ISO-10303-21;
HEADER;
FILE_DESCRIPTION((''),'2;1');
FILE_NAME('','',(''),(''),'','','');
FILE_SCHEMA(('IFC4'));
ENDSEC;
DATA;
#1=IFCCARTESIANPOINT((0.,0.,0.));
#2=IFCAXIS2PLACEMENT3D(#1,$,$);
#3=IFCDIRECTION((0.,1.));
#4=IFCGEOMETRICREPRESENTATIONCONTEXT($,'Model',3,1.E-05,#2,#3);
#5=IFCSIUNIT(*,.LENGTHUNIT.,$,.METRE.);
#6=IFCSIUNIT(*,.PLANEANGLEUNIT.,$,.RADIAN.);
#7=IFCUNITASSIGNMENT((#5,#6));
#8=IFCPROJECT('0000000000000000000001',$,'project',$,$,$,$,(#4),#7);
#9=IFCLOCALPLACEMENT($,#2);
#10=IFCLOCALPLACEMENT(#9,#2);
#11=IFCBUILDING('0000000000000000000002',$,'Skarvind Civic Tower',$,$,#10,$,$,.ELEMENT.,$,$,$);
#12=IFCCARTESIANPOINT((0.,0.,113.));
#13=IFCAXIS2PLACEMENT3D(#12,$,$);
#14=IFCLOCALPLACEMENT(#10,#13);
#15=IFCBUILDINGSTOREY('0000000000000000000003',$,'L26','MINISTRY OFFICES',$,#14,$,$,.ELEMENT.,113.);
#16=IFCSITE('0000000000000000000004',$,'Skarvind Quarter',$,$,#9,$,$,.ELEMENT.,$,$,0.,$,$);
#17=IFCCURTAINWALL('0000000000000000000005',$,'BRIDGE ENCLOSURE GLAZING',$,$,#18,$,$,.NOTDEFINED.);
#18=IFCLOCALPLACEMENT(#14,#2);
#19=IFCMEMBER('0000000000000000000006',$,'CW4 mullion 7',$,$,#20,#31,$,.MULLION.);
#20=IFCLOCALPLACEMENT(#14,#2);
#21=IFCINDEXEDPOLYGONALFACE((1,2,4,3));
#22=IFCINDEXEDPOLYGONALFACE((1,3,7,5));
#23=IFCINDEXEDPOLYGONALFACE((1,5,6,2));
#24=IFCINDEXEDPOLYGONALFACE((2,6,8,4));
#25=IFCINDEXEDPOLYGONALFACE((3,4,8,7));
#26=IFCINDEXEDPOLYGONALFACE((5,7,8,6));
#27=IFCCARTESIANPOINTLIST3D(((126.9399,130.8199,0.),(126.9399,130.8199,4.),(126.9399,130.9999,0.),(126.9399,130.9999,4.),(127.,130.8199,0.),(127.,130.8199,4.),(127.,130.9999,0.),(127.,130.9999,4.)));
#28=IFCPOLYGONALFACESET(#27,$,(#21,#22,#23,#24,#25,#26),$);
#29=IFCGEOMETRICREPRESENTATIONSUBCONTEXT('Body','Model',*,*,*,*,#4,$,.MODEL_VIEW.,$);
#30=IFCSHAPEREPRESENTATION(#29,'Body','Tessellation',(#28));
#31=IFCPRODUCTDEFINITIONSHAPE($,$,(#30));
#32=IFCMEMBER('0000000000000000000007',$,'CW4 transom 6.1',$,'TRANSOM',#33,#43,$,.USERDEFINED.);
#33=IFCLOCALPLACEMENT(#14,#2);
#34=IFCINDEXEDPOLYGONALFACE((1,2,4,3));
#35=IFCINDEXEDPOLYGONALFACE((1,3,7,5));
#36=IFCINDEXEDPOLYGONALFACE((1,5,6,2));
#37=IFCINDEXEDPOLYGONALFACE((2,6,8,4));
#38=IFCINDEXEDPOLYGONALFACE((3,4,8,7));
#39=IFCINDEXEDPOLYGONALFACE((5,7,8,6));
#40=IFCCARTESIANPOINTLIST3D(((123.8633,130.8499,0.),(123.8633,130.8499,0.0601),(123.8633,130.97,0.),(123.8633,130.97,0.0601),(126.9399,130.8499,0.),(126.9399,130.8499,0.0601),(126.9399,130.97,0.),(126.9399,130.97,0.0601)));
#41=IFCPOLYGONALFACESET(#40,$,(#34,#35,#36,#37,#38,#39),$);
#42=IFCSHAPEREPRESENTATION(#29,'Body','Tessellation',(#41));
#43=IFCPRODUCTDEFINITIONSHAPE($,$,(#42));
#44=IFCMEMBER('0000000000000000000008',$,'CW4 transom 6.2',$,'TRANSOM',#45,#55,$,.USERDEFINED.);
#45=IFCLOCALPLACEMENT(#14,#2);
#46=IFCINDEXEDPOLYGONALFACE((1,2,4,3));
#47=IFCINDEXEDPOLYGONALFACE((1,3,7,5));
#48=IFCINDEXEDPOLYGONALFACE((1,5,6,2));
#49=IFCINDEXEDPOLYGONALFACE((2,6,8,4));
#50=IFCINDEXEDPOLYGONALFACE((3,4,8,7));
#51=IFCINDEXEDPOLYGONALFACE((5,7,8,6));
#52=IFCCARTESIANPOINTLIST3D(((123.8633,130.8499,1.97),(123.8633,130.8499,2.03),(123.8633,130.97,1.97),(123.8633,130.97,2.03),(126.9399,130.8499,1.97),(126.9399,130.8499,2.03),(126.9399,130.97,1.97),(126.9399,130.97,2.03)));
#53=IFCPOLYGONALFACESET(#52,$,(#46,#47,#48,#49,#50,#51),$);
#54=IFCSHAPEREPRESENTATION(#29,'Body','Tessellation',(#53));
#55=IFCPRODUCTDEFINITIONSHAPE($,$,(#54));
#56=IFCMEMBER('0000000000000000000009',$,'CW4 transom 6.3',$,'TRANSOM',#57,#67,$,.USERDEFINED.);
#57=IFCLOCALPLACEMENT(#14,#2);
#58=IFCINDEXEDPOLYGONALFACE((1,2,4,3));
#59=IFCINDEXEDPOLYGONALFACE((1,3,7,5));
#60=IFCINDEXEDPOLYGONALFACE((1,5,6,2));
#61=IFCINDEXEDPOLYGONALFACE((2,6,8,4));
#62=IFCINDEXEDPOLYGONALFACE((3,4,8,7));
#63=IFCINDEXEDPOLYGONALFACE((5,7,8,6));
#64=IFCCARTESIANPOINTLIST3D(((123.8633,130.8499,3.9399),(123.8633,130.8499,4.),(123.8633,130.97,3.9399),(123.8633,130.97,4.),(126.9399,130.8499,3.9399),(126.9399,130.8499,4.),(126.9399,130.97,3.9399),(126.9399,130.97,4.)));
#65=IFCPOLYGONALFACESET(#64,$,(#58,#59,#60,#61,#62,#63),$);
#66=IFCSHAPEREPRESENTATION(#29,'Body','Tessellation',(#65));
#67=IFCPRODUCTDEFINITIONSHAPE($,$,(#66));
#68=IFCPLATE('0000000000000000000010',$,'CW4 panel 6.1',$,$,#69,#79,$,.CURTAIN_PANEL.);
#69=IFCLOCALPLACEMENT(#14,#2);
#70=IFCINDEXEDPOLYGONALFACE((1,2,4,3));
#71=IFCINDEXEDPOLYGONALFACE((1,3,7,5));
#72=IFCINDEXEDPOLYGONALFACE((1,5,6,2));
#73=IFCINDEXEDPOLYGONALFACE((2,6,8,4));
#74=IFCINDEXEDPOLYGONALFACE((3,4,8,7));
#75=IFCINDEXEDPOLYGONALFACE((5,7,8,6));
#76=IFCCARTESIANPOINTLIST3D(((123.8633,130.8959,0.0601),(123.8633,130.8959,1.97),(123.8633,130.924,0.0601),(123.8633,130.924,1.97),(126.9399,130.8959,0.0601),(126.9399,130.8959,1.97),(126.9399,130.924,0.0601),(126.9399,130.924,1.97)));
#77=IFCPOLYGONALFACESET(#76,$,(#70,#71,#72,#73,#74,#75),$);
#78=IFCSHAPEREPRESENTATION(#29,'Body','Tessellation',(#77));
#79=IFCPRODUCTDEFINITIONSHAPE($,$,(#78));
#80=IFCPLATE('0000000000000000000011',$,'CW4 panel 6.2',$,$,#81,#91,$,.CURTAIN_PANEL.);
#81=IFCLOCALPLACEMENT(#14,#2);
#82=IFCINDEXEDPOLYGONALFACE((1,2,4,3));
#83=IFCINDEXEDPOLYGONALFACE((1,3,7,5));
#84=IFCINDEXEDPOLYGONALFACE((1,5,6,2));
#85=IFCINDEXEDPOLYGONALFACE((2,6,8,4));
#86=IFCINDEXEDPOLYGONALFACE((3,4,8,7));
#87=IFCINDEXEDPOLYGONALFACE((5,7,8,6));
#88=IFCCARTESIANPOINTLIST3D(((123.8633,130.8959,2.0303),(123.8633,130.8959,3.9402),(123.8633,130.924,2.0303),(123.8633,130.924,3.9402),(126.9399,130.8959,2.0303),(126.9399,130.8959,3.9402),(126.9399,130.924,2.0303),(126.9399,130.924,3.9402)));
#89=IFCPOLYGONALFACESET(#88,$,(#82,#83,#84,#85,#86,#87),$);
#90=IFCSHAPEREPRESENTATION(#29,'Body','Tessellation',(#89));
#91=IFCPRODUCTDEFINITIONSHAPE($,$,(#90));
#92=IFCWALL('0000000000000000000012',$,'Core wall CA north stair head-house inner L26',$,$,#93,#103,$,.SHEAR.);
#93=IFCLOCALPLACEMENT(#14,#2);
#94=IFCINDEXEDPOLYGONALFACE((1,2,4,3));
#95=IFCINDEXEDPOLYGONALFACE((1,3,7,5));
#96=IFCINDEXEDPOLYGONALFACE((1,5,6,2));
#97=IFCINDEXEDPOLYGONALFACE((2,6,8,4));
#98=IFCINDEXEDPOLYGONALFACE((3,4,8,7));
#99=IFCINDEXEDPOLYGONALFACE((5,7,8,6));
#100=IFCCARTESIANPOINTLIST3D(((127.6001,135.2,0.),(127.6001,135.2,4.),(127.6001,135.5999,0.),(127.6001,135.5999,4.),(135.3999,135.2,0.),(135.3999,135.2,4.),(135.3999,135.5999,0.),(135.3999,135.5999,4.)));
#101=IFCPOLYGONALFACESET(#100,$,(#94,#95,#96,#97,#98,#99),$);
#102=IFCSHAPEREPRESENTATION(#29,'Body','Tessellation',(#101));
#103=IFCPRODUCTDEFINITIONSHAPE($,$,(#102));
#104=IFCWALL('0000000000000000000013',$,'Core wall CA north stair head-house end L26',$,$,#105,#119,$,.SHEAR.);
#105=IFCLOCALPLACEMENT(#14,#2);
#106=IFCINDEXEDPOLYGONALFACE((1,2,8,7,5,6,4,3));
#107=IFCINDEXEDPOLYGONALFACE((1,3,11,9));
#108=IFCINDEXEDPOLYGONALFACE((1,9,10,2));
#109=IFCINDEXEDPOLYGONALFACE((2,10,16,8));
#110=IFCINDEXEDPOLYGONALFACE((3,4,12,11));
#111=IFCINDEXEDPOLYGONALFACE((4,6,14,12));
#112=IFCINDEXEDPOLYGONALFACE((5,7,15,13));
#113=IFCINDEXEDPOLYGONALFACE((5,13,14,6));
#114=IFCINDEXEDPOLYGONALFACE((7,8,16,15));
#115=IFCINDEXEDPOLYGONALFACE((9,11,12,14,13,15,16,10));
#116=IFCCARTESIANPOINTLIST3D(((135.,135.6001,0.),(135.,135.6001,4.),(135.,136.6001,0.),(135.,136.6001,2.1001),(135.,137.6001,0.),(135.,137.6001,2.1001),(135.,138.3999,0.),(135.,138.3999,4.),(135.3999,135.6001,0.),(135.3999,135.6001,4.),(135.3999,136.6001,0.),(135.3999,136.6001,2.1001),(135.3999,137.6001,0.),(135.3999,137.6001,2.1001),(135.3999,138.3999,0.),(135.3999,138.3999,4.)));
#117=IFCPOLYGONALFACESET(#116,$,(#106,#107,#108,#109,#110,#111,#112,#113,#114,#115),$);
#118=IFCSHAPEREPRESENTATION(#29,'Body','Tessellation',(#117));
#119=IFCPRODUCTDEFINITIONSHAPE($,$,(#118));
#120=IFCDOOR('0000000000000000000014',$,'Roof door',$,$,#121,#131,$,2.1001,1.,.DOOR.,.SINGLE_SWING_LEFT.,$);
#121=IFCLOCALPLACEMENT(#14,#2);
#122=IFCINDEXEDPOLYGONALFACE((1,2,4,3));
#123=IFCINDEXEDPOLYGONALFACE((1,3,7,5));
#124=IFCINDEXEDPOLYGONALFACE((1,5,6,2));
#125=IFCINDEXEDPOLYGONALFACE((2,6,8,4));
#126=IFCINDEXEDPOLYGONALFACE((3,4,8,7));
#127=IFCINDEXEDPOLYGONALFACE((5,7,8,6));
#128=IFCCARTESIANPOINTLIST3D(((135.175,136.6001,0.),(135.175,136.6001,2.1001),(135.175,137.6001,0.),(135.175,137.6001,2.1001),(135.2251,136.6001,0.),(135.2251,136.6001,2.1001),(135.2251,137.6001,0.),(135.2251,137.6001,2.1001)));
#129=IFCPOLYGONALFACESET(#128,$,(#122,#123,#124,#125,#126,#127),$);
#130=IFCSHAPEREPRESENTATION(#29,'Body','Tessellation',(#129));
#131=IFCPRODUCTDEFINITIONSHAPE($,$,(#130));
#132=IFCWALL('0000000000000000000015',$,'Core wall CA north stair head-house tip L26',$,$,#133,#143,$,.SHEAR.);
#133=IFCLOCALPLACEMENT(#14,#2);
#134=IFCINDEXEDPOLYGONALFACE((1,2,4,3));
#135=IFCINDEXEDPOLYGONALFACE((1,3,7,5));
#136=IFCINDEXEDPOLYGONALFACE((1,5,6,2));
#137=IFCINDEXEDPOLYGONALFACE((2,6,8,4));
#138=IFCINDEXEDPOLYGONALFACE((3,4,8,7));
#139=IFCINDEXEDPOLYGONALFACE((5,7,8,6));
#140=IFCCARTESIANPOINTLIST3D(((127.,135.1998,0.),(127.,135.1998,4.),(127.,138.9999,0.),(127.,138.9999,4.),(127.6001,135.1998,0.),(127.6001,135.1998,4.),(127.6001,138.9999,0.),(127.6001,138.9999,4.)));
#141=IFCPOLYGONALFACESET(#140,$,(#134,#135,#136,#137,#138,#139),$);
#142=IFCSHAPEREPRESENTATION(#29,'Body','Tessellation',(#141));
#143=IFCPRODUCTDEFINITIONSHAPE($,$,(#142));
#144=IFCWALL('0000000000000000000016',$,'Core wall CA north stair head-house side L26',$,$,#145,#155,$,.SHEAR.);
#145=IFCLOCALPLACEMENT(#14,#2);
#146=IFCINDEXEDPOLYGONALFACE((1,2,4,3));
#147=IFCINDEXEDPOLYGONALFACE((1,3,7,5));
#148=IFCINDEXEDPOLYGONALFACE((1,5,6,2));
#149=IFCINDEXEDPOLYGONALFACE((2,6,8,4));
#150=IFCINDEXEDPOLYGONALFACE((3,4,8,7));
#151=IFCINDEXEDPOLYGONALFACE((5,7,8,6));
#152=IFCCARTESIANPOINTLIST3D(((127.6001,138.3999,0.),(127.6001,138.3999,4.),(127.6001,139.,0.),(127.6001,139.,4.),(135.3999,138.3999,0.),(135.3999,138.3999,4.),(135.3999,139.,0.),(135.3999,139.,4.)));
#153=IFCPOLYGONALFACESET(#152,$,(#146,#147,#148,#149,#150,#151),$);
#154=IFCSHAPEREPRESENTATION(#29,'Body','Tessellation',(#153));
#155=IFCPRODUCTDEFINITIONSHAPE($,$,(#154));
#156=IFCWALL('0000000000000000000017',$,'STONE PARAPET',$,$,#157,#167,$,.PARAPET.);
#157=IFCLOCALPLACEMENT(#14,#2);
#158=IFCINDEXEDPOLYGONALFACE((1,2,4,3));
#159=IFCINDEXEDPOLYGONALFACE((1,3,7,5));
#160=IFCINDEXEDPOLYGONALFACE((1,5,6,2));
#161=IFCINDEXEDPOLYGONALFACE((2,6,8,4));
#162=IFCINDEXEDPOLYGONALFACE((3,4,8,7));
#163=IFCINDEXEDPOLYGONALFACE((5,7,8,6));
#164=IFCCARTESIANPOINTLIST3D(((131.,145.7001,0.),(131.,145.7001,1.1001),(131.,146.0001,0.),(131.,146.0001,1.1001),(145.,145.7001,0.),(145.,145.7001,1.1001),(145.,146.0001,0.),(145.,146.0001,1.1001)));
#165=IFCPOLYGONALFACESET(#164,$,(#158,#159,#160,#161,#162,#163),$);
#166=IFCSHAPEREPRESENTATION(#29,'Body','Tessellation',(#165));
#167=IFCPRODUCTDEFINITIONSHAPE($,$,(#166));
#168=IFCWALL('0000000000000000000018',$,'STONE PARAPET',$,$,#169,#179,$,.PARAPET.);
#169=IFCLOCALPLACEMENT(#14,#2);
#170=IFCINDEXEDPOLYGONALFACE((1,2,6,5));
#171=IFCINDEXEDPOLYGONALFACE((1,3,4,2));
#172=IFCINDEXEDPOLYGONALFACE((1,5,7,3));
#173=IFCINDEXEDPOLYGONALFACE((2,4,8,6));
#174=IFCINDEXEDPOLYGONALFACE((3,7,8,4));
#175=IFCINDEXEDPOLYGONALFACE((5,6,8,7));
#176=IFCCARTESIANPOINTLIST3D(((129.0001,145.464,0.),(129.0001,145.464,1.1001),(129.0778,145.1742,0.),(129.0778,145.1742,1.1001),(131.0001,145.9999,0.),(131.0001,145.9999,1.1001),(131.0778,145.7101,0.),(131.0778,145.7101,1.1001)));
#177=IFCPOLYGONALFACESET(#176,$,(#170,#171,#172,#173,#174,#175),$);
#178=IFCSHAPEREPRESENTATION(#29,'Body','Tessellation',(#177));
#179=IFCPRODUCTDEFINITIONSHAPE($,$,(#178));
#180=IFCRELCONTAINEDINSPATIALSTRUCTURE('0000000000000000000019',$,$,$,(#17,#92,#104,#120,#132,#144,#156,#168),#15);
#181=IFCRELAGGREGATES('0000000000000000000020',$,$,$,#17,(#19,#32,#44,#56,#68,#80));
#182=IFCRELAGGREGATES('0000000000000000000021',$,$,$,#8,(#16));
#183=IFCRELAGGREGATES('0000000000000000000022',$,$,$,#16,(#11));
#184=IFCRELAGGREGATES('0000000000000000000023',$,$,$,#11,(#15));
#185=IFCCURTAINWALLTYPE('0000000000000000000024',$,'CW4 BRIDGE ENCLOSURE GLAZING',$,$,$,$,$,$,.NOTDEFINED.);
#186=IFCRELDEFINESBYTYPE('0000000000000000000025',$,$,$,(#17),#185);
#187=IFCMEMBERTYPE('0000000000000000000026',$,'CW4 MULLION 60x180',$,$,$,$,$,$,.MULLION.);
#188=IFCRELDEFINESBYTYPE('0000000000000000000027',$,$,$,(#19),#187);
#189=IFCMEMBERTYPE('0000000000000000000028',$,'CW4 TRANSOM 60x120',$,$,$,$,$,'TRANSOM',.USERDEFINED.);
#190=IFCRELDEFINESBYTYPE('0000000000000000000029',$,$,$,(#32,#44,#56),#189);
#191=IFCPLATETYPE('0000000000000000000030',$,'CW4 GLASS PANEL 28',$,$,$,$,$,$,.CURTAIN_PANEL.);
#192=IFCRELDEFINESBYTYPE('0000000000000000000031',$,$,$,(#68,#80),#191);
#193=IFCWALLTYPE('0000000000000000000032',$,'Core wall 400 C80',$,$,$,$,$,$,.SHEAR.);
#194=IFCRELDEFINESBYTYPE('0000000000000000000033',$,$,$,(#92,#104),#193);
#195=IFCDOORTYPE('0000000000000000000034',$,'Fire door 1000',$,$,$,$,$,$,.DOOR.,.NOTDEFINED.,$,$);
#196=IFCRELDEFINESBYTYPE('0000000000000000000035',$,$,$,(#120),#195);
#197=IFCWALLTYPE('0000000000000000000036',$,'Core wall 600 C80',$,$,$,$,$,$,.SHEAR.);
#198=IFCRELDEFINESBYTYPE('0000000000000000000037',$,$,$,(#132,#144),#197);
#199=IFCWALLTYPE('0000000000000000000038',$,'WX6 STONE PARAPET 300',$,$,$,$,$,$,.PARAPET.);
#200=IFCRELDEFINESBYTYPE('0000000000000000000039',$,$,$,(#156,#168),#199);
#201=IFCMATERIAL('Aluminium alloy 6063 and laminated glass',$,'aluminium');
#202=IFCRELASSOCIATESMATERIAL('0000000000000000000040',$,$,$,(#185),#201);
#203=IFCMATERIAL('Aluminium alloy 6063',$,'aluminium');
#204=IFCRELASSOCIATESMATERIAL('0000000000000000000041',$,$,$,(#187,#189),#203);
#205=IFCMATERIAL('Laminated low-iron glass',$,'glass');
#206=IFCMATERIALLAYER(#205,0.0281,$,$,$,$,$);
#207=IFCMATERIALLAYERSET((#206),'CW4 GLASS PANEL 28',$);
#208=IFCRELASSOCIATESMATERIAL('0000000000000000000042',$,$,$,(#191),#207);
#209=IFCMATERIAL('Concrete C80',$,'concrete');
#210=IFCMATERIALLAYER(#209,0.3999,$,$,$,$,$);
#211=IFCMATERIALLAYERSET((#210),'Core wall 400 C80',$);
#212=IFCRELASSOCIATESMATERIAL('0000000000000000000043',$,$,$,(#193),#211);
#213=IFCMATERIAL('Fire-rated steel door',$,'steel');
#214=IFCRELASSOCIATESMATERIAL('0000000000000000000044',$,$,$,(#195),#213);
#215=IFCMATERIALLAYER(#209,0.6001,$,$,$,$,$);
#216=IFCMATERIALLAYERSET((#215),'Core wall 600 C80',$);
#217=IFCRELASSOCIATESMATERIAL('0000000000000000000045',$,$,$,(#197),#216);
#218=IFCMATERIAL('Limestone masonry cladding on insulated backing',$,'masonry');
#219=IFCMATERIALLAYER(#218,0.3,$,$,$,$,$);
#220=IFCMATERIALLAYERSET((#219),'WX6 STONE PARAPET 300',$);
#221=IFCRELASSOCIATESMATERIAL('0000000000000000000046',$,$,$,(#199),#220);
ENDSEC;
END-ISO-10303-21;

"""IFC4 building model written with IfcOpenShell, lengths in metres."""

from ifc_helpers import new_model, si_unit, direction, frame, frame_2d, origin, origin_2d, place, context, subcontext, project, spatial, rectangle, extrude, material, layer, layer_set, material_profile, profile_set, type_object, element, fill, aggregate, save


model = new_model("IFC4")

# Units and contexts
model_context = context("Model", 3, precision=1e-05, world=origin(), true_north=direction((0.0, 1.0)))
body_context = subcontext(model_context, "Body", "Model", "MODEL_VIEW")
ifc_project = project(units=[si_unit("LENGTHUNIT", "METRE"), si_unit("PLANEANGLEUNIT", "RADIAN")], contexts=[model_context])

# Site, building, storey
site_placement = place(None, origin())
site = spatial("IfcSite", under=ifc_project, at=site_placement, Name="Skarvind Quarter", CompositionType="ELEMENT", RefElevation=0.0)
building_placement = place(site_placement, origin())
building = spatial("IfcBuilding", under=site, at=building_placement, Name="Skarvind Civic Tower", CompositionType="ELEMENT")
storey_placement = place(building_placement, frame((0.0, 0.0, 113.0)))
storey = spatial("IfcBuildingStorey", under=building, at=storey_placement, Name="L26", Description="MINISTRY OFFICES", CompositionType="ELEMENT", Elevation=113.0)

# Curtain wall, members, plates
ifc_material_1 = material(Name="Aluminium alloy 6063 and laminated glass", Category="aluminium")
curtain_wall_type = type_object("IfcCurtainWallType", Name="CW4 BRIDGE ENCLOSURE GLAZING", PredefinedType="NOTDEFINED", material=ifc_material_1)
curtain_wall_placement = place(storey_placement, origin())
curtain_wall = element("IfcCurtainWall", 1, at=curtain_wall_placement, inside=storey, type_object=curtain_wall_type, Name="BRIDGE ENCLOSURE GLAZING", PredefinedType="NOTDEFINED")
ifc_material_2 = material(Name="Aluminium alloy 6063", Category="aluminium")
ifc_material_profile_1 = material_profile(ifc_material_2, rectangle(XDim=0.1799, YDim=0.0601, at=origin_2d()), Name="AL 60x180")
ifc_profile_set_1 = profile_set([ifc_material_profile_1], Name="Aluminium alloy 6063")
member_type_1 = type_object("IfcMemberType", Name="CW4 MULLION 60x180", PredefinedType="MULLION", material=ifc_profile_set_1)
member_1_placement = place(storey_placement, frame((126.97, 130.9099, 0.0), z_axis=(0.0, 0.0, 1.0), x_axis=(0.0, 1.0, 0.0)))
member_1 = element("IfcMember", 2, at=member_1_placement, type_object=member_type_1, Name="CW4 mullion 7", PredefinedType="MULLION", context=body_context, shape_type="SweptSolid", body=[
    extrude(rectangle(XDim=0.1799, YDim=0.0601, at=origin_2d()), origin(), (0.0, 0.0, 1.0), 4.0),
])
ifc_material_profile_2 = material_profile(ifc_material_2, rectangle(XDim=0.1201, YDim=0.0601, at=origin_2d()), Name="AL 60x120")
ifc_profile_set_2 = profile_set([ifc_material_profile_2], Name="Aluminium alloy 6063")
member_type_2 = type_object("IfcMemberType", Name="CW4 TRANSOM 60x120", ElementType="TRANSOM", PredefinedType="USERDEFINED", material=ifc_profile_set_2)
member_2_placement = place(storey_placement, frame((123.8633, 130.9099, 0.03), z_axis=(1.0, 0.0, 0.0), x_axis=(0.0, 1.0, 0.0)))
member_2 = element("IfcMember", 3, at=member_2_placement, type_object=member_type_2, Name="CW4 transom 6.1", ObjectType="TRANSOM", PredefinedType="USERDEFINED", context=body_context, shape_type="SweptSolid", body=[
    extrude(rectangle(XDim=0.1201, YDim=0.0601, at=origin_2d()), origin(), (0.0, 0.0, 1.0), 3.0767),
])
member_3_placement = place(storey_placement, frame((123.8633, 130.9099, 2.0), z_axis=(1.0, 0.0, 0.0), x_axis=(0.0, 1.0, 0.0)))
member_3 = element("IfcMember", 4, at=member_3_placement, type_object=member_type_2, Name="CW4 transom 6.2", ObjectType="TRANSOM", PredefinedType="USERDEFINED", context=body_context, shape_type="SweptSolid", body=[
    extrude(rectangle(XDim=0.1201, YDim=0.0601, at=origin_2d()), origin(), (0.0, 0.0, 1.0), 3.0767),
])
member_4_placement = place(storey_placement, frame((123.8633, 130.9099, 3.97), z_axis=(1.0, 0.0, 0.0), x_axis=(0.0, 1.0, 0.0)))
member_4 = element("IfcMember", 5, at=member_4_placement, type_object=member_type_2, Name="CW4 transom 6.3", ObjectType="TRANSOM", PredefinedType="USERDEFINED", context=body_context, shape_type="SweptSolid", body=[
    extrude(rectangle(XDim=0.1201, YDim=0.0601, at=origin_2d()), origin(), (0.0, 0.0, 1.0), 3.0767),
])
ifc_material_3 = material(Name="Laminated low-iron glass", Category="glass")
ifc_layer_1 = layer(ifc_material_3, 0.0281)
ifc_layer_set_1 = layer_set([ifc_layer_1], Name="CW4 GLASS PANEL 28")
plate_type = type_object("IfcPlateType", Name="CW4 GLASS PANEL 28", PredefinedType="CURTAIN_PANEL", material=ifc_layer_set_1)
plate_1_placement = place(storey_placement, frame((125.4016, 130.9099, 0.0601), z_axis=(0.0, 0.0, 1.0), x_axis=(1.0, 0.0, 0.0)))
plate_1 = element("IfcPlate", 6, at=plate_1_placement, type_object=plate_type, Name="CW4 panel 6.1", PredefinedType="CURTAIN_PANEL", context=body_context, shape_type="SweptSolid", body=[
    extrude(rectangle(XDim=3.0767, YDim=0.0281, at=origin_2d()), origin(), (0.0, 0.0, 1.0), 1.9099),
])
plate_2_placement = place(storey_placement, frame((125.4016, 130.9099, 2.0303), z_axis=(0.0, 0.0, 1.0), x_axis=(1.0, 0.0, 0.0)))
plate_2 = element("IfcPlate", 7, at=plate_2_placement, type_object=plate_type, Name="CW4 panel 6.2", PredefinedType="CURTAIN_PANEL", context=body_context, shape_type="SweptSolid", body=[
    extrude(rectangle(XDim=3.0767, YDim=0.0281, at=origin_2d()), origin(), (0.0, 0.0, 1.0), 1.9099),
])
aggregate(curtain_wall, [member_1, member_2, member_3, member_4, plate_1, plate_2])

# Wall
ifc_material_4 = material(Name="Concrete C80", Category="concrete")
ifc_layer_2 = layer(ifc_material_4, 0.3999)
ifc_layer_set_2 = layer_set([ifc_layer_2], Name="Core wall 400 C80")
wall_type_1 = type_object("IfcWallType", Name="Core wall 400 C80", PredefinedType="SHEAR", material=ifc_layer_set_2)
wall_1_placement = place(storey_placement, frame((127.6001, 135.3999, 0.0), z_axis=(0.0, 0.0, 1.0), x_axis=(1.0, 0.0, 0.0)))
element("IfcWall", 8, at=wall_1_placement, inside=storey, type_object=wall_type_1, Name="Core wall CA north stair head-house inner L26", PredefinedType="SHEAR", context=body_context, shape_type="SweptSolid", body=[
    extrude(rectangle(XDim=7.7998, YDim=0.3999, at=frame_2d((3.8999, 0.0))), origin(), (0.0, 0.0, 1.0), 4.0),
])

# Wall, opening, door
wall_2_placement = place(storey_placement, frame((135.2, 135.6001, 0.0), z_axis=(0.0, 0.0, 1.0), x_axis=(0.0, 1.0, 0.0)))
wall_2 = element("IfcWall", 9, at=wall_2_placement, inside=storey, type_object=wall_type_1, Name="Core wall CA north stair head-house end L26", PredefinedType="SHEAR", context=body_context, shape_type="SweptSolid", body=[
    extrude(rectangle(XDim=2.7998, YDim=0.3999, at=frame_2d((1.3999, 0.0))), origin(), (0.0, 0.0, 1.0), 4.0),
])
opening_placement = place(wall_2_placement, frame((1.0, 0.0, 0.0)))
opening = element("IfcOpeningElement", 10, at=opening_placement, cuts=wall_2, PredefinedType="OPENING", context=body_context, shape_type="SweptSolid", body=[
    extrude(rectangle(XDim=1.0, YDim=2.1001, at=frame_2d((0.5, 1.05))), frame((0.0, 0.21, 0.0), z_axis=(0.0, -1.0, 0.0), x_axis=(1.0, 0.0, 0.0)), (0.0, 0.0, 1.0), 0.4199),
])
ifc_material_5 = material(Name="Fire-rated steel door", Category="steel")
door_type = type_object("IfcDoorType", Name="Fire door 1000", OperationType="NOTDEFINED", PredefinedType="DOOR", material=ifc_material_5)
door_placement = place(opening_placement, origin())
door = element("IfcDoor", 11, at=door_placement, inside=storey, type_object=door_type, Name="Roof door", OperationType="SINGLE_SWING_LEFT", OverallHeight=2.1001, OverallWidth=1.0, PredefinedType="DOOR", context=body_context, shape_type="SweptSolid", body=[
    extrude(rectangle(XDim=1.0, YDim=2.1001, at=frame_2d((0.5, 1.05))), frame((0.0, 0.0249, 0.0), z_axis=(0.0, -1.0, 0.0), x_axis=(1.0, 0.0, 0.0)), (0.0, 0.0, 1.0), 0.05),
])
fill(opening, door)

# Walls
ifc_layer_3 = layer(ifc_material_4, 0.6001)
ifc_layer_set_3 = layer_set([ifc_layer_3], Name="Core wall 600 C80")
wall_type_2 = type_object("IfcWallType", Name="Core wall 600 C80", PredefinedType="SHEAR", material=ifc_layer_set_3)
wall_3_placement = place(storey_placement, frame((127.3, 135.2, 0.0), z_axis=(0.0, 0.0, 1.0), x_axis=(0.0, 1.0, 0.0)))
element("IfcWall", 12, at=wall_3_placement, inside=storey, type_object=wall_type_2, Name="Core wall CA north stair head-house tip L26", PredefinedType="SHEAR", context=body_context, shape_type="SweptSolid", body=[
    extrude(rectangle(XDim=3.8, YDim=0.6001, at=frame_2d((1.8999, 0.0))), origin(), (0.0, 0.0, 1.0), 4.0),
])
wall_4_placement = place(storey_placement, frame((127.6001, 138.7, 0.0), z_axis=(0.0, 0.0, 1.0), x_axis=(1.0, 0.0, 0.0)))
element("IfcWall", 13, at=wall_4_placement, inside=storey, type_object=wall_type_2, Name="Core wall CA north stair head-house side L26", PredefinedType="SHEAR", context=body_context, shape_type="SweptSolid", body=[
    extrude(rectangle(XDim=7.7998, YDim=0.6001, at=frame_2d((3.8999, 0.0))), origin(), (0.0, 0.0, 1.0), 4.0),
])
ifc_material_6 = material(Name="Limestone masonry cladding on insulated backing", Category="masonry")
ifc_layer_4 = layer(ifc_material_6, 0.3)
ifc_layer_set_4 = layer_set([ifc_layer_4], Name="WX6 STONE PARAPET 300")
wall_type_3 = type_object("IfcWallType", Name="WX6 STONE PARAPET 300", PredefinedType="PARAPET", material=ifc_layer_set_4)
wall_5_placement = place(storey_placement, frame((145.0, 145.8501, 0.0), z_axis=(0.0, 0.0, 1.0), x_axis=(-1.0, 0.0, 0.0)))
element("IfcWall", 14, at=wall_5_placement, inside=storey, type_object=wall_type_3, Name="STONE PARAPET", PredefinedType="PARAPET", context=body_context, shape_type="SweptSolid", body=[
    extrude(rectangle(XDim=14.0, YDim=0.3, at=frame_2d((7.0, 0.0))), origin(), (0.0, 0.0, 1.0), 1.1001),
])
for number, where, z_axis, x_axis, name in (
    (15, (131.0388, 145.855, 0.0), (0.0, 0.0, 1.0), (-0.965927, -0.258815, 0.0), "STONE PARAPET"),
):
    element("IfcWall", number, at=place(storey_placement, frame(where, z_axis=z_axis, x_axis=x_axis)), inside=storey, type_object=wall_type_3, Name=name, PredefinedType="PARAPET", context=body_context, shape_type="SweptSolid", body=[
        extrude(rectangle(XDim=2.0706, YDim=0.3, at=frame_2d((1.0352, 0.0))), origin(), (0.0, 0.0, 1.0), 1.1001),
    ])

save(model, "model.ifc")
